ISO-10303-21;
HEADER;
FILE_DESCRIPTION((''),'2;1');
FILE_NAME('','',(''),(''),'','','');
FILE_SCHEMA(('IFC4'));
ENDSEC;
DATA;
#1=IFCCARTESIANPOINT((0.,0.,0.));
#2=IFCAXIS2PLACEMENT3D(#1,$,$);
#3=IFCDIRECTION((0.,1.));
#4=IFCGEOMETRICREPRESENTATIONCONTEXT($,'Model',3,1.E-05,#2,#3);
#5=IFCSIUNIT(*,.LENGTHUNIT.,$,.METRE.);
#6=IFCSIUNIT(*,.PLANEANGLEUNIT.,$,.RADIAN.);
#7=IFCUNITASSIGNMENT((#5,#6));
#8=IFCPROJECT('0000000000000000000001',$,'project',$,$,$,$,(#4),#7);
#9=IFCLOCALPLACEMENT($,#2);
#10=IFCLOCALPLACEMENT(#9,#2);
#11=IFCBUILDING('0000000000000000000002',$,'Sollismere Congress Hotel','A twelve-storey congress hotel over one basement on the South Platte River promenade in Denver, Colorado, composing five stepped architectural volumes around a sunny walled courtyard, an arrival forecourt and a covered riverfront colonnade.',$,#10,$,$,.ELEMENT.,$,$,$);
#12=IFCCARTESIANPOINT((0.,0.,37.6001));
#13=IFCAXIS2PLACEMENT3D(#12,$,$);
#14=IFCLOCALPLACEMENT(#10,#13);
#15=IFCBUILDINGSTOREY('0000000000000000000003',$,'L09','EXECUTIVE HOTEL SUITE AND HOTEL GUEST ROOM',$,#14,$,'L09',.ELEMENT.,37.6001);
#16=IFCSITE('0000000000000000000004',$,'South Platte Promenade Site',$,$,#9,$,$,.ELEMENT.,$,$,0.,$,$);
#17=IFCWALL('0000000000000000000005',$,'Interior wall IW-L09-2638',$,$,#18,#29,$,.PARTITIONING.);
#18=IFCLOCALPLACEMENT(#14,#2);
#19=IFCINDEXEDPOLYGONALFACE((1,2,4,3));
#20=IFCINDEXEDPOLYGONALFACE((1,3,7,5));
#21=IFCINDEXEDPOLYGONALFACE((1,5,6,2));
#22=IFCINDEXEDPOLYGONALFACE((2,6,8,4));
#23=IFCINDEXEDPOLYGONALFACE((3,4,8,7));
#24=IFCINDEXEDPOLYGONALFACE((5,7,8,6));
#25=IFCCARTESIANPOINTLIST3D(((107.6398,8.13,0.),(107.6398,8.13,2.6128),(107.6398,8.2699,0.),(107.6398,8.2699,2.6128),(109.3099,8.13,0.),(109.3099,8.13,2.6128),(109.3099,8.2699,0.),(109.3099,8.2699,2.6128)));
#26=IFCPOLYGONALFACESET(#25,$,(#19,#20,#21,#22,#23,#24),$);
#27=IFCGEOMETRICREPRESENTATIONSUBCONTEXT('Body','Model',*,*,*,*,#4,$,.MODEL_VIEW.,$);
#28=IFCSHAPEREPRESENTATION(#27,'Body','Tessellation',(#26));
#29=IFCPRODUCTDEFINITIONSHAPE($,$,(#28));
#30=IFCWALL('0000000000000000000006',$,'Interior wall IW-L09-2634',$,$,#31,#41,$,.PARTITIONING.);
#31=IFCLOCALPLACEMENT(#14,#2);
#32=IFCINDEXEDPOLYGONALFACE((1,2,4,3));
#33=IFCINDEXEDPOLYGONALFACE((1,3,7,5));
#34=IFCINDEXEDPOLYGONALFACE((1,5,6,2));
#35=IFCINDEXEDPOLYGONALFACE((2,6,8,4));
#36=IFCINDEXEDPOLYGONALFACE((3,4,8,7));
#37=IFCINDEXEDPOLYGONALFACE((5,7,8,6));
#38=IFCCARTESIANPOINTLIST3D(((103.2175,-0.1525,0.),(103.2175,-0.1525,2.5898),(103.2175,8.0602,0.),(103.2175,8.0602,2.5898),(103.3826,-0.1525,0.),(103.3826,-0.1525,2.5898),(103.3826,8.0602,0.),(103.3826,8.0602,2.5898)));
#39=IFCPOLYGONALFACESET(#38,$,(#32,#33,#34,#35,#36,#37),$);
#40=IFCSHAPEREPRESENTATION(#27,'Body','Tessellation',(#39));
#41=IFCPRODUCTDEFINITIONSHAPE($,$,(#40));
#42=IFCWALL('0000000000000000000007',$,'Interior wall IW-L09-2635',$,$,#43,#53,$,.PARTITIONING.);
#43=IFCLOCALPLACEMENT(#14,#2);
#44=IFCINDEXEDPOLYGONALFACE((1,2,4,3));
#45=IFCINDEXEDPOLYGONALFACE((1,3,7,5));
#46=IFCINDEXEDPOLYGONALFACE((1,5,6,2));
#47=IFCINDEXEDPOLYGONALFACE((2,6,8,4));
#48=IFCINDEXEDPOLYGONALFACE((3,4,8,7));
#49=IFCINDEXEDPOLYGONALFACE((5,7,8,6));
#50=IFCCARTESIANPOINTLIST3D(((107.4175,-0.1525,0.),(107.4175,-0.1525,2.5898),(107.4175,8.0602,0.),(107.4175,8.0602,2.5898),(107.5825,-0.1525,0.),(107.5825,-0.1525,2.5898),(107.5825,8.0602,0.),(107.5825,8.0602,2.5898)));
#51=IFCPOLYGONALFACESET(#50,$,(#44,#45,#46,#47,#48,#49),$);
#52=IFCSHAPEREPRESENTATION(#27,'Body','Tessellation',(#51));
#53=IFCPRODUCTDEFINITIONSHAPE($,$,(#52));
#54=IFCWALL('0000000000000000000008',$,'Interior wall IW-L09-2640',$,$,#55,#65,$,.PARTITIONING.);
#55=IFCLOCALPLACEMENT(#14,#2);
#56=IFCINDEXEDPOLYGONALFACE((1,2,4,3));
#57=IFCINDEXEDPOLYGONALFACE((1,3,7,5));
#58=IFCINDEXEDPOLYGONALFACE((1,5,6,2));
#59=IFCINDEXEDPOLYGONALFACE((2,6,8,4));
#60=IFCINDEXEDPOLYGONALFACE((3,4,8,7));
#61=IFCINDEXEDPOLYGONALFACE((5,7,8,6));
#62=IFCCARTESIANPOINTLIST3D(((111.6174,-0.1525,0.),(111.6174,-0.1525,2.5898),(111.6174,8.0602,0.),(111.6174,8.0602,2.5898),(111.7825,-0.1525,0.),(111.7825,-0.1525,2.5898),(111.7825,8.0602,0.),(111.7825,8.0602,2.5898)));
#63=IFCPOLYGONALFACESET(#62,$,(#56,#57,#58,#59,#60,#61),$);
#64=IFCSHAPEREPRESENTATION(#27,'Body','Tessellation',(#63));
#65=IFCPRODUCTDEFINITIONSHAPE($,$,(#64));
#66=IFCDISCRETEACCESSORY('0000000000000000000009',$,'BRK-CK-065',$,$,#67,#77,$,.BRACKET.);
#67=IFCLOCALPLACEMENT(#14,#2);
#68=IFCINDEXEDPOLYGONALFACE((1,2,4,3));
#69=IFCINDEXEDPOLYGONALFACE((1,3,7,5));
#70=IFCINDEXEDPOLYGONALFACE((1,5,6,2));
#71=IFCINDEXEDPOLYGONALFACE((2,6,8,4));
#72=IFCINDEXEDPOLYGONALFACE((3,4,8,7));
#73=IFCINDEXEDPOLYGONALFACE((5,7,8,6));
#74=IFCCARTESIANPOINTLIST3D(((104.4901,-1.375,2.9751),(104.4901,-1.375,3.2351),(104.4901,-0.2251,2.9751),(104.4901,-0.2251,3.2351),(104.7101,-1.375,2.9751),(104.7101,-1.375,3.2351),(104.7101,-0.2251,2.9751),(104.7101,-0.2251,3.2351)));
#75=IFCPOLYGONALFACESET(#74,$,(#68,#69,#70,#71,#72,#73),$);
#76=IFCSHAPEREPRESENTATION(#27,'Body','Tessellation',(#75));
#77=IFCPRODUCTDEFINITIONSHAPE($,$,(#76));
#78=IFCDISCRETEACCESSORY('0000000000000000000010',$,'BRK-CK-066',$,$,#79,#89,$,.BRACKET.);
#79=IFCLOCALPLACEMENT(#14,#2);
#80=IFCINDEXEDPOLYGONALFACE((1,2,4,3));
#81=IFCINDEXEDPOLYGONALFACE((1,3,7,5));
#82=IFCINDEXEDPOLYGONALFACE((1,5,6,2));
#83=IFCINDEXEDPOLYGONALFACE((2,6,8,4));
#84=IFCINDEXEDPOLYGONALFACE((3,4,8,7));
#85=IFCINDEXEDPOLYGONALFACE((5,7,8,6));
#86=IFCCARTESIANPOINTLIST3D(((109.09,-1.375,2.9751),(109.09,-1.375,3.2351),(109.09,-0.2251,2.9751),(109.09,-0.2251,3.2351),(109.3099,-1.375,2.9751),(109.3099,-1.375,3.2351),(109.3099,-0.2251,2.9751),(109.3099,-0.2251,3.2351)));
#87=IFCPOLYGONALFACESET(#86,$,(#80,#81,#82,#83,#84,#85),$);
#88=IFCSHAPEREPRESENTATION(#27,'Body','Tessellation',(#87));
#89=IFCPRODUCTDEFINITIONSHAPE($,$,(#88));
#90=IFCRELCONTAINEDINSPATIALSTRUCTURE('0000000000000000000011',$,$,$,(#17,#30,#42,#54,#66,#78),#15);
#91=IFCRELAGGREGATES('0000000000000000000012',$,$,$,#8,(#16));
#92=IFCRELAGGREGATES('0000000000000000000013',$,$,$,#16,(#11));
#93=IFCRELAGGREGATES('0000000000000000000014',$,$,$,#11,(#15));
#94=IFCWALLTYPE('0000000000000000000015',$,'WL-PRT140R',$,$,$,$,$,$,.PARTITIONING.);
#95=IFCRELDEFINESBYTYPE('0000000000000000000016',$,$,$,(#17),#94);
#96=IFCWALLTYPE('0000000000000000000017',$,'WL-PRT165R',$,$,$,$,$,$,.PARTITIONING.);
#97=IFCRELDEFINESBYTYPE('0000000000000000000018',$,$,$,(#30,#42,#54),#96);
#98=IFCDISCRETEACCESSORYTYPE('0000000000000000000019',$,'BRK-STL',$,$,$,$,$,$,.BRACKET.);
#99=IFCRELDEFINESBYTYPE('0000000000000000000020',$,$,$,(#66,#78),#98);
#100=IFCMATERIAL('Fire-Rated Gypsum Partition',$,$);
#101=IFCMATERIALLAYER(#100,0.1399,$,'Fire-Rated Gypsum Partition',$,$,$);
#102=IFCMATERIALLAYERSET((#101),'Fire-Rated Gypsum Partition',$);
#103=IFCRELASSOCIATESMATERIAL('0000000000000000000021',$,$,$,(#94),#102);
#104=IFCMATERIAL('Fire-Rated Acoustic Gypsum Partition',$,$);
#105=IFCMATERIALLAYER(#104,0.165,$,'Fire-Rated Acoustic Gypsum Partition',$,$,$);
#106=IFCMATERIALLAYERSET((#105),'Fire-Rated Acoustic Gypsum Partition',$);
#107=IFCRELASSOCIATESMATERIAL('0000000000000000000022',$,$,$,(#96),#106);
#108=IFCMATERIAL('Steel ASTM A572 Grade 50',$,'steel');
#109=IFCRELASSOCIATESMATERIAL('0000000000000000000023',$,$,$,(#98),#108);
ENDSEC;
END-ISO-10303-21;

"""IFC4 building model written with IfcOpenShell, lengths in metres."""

from ifc_helpers import new_model, si_unit, direction, frame, frame_2d, origin, origin_2d, place, context, subcontext, project, spatial, rectangle, extrude, material, layer, layer_set, type_object, element, save


model = new_model("IFC4")

# Units and contexts
model_context = context("Model", 3, precision=1e-05, world=origin(), true_north=direction((0.0, 1.0)))
body_context = subcontext(model_context, "Body", "Model", "MODEL_VIEW")
ifc_project = project(units=[si_unit("LENGTHUNIT", "METRE"), si_unit("PLANEANGLEUNIT", "RADIAN")], contexts=[model_context])

# Site, building, storey
site_placement = place(None, origin())
site = spatial("IfcSite", under=ifc_project, at=site_placement, Name="South Platte Promenade Site", CompositionType="ELEMENT", RefElevation=0.0)
building_placement = place(site_placement, origin())
building = spatial("IfcBuilding", under=site, at=building_placement, Name="Sollismere Congress Hotel", Description="A twelve-storey congress hotel over one basement on the South Platte River promenade in Denver, Colorado, composing five stepped architectural volumes around a sunny walled courtyard, an arrival forecourt and a covered riverfront colonnade.", CompositionType="ELEMENT")
storey_placement = place(building_placement, frame((0.0, 0.0, 37.6001)))
storey = spatial("IfcBuildingStorey", under=building, at=storey_placement, Name="L09", Description="EXECUTIVE HOTEL SUITE AND HOTEL GUEST ROOM", LongName="L09", CompositionType="ELEMENT", Elevation=37.6001)

# Shared definitions
ifc_material_1 = material(Name="Fire-Rated Gypsum Partition")
ifc_layer_1 = layer(ifc_material_1, 0.1399, Name="Fire-Rated Gypsum Partition")
ifc_layer_set_1 = layer_set([ifc_layer_1], Name="Fire-Rated Gypsum Partition")
wall_type_1 = type_object("IfcWallType", Name="WL-PRT140R", PredefinedType="PARTITIONING", material=ifc_layer_set_1)

# Walls
wall_1_placement = place(storey_placement, frame((107.6399, 8.2, 0.0), z_axis=(0.0, 0.0, 1.0), x_axis=(1.0, 0.0, 0.0)))
element("IfcWall", 1, at=wall_1_placement, inside=storey, type_object=wall_type_1, Name="Interior wall IW-L09-2638", PredefinedType="PARTITIONING", context=body_context, shape_type="SweptSolid", body=[
    extrude(rectangle(XDim=1.6702, YDim=0.1399, at=frame_2d((0.835, 0.0))), origin(), (0.0, 0.0, 1.0), 2.6128),
])
ifc_material_2 = material(Name="Fire-Rated Acoustic Gypsum Partition")
ifc_layer_2 = layer(ifc_material_2, 0.165, Name="Fire-Rated Acoustic Gypsum Partition")
ifc_layer_set_2 = layer_set([ifc_layer_2], Name="Fire-Rated Acoustic Gypsum Partition")
wall_type_2 = type_object("IfcWallType", Name="WL-PRT165R", PredefinedType="PARTITIONING", material=ifc_layer_set_2)
for number, where, z_axis, x_axis, name in (
    (2, (103.3, -0.1526, 0.0), (0.0, 0.0, 1.0), (0.0, 1.0, 0.0), "Interior wall IW-L09-2634"),
    (3, (107.5, -0.1526, 0.0), (0.0, 0.0, 1.0), (0.0, 1.0, 0.0), "Interior wall IW-L09-2635"),
    (4, (111.7, -0.1526, 0.0), (0.0, 0.0, 1.0), (0.0, 1.0, 0.0), "Interior wall IW-L09-2640"),
):
    element("IfcWall", number, at=place(storey_placement, frame(where, z_axis=z_axis, x_axis=x_axis)), inside=storey, type_object=wall_type_2, Name=name, PredefinedType="PARTITIONING", context=body_context, shape_type="SweptSolid", body=[
        extrude(rectangle(XDim=8.2126, YDim=0.165, at=frame_2d((4.1064, 0.0))), origin(), (0.0, 0.0, 1.0), 2.5898),
    ])

# Discrete accessories
ifc_material_3 = material(Name="Steel ASTM A572 Grade 50", Category="steel")
discrete_accessory_type = type_object("IfcDiscreteAccessoryType", Name="BRK-STL", PredefinedType="BRACKET", material=ifc_material_3)
for number, where, z_axis, x_axis, name in (
    (5, (104.6001, -0.8, 2.9751), (0.0, 0.0, 1.0), (1.0, 0.0, 0.0), "BRK-CK-065"),
    (6, (109.2, -0.8, 2.9751), (0.0, 0.0, 1.0), (1.0, 0.0, 0.0), "BRK-CK-066"),
):
    element("IfcDiscreteAccessory", number, at=place(storey_placement, frame(where, z_axis=z_axis, x_axis=x_axis)), inside=storey, type_object=discrete_accessory_type, Name=name, PredefinedType="BRACKET", context=body_context, shape_type="SweptSolid", body=[
        extrude(rectangle(XDim=0.22, YDim=1.1499, at=origin_2d()), origin(), (0.0, 0.0, 1.0), 0.26),
    ])

save(model, "model.ifc")
